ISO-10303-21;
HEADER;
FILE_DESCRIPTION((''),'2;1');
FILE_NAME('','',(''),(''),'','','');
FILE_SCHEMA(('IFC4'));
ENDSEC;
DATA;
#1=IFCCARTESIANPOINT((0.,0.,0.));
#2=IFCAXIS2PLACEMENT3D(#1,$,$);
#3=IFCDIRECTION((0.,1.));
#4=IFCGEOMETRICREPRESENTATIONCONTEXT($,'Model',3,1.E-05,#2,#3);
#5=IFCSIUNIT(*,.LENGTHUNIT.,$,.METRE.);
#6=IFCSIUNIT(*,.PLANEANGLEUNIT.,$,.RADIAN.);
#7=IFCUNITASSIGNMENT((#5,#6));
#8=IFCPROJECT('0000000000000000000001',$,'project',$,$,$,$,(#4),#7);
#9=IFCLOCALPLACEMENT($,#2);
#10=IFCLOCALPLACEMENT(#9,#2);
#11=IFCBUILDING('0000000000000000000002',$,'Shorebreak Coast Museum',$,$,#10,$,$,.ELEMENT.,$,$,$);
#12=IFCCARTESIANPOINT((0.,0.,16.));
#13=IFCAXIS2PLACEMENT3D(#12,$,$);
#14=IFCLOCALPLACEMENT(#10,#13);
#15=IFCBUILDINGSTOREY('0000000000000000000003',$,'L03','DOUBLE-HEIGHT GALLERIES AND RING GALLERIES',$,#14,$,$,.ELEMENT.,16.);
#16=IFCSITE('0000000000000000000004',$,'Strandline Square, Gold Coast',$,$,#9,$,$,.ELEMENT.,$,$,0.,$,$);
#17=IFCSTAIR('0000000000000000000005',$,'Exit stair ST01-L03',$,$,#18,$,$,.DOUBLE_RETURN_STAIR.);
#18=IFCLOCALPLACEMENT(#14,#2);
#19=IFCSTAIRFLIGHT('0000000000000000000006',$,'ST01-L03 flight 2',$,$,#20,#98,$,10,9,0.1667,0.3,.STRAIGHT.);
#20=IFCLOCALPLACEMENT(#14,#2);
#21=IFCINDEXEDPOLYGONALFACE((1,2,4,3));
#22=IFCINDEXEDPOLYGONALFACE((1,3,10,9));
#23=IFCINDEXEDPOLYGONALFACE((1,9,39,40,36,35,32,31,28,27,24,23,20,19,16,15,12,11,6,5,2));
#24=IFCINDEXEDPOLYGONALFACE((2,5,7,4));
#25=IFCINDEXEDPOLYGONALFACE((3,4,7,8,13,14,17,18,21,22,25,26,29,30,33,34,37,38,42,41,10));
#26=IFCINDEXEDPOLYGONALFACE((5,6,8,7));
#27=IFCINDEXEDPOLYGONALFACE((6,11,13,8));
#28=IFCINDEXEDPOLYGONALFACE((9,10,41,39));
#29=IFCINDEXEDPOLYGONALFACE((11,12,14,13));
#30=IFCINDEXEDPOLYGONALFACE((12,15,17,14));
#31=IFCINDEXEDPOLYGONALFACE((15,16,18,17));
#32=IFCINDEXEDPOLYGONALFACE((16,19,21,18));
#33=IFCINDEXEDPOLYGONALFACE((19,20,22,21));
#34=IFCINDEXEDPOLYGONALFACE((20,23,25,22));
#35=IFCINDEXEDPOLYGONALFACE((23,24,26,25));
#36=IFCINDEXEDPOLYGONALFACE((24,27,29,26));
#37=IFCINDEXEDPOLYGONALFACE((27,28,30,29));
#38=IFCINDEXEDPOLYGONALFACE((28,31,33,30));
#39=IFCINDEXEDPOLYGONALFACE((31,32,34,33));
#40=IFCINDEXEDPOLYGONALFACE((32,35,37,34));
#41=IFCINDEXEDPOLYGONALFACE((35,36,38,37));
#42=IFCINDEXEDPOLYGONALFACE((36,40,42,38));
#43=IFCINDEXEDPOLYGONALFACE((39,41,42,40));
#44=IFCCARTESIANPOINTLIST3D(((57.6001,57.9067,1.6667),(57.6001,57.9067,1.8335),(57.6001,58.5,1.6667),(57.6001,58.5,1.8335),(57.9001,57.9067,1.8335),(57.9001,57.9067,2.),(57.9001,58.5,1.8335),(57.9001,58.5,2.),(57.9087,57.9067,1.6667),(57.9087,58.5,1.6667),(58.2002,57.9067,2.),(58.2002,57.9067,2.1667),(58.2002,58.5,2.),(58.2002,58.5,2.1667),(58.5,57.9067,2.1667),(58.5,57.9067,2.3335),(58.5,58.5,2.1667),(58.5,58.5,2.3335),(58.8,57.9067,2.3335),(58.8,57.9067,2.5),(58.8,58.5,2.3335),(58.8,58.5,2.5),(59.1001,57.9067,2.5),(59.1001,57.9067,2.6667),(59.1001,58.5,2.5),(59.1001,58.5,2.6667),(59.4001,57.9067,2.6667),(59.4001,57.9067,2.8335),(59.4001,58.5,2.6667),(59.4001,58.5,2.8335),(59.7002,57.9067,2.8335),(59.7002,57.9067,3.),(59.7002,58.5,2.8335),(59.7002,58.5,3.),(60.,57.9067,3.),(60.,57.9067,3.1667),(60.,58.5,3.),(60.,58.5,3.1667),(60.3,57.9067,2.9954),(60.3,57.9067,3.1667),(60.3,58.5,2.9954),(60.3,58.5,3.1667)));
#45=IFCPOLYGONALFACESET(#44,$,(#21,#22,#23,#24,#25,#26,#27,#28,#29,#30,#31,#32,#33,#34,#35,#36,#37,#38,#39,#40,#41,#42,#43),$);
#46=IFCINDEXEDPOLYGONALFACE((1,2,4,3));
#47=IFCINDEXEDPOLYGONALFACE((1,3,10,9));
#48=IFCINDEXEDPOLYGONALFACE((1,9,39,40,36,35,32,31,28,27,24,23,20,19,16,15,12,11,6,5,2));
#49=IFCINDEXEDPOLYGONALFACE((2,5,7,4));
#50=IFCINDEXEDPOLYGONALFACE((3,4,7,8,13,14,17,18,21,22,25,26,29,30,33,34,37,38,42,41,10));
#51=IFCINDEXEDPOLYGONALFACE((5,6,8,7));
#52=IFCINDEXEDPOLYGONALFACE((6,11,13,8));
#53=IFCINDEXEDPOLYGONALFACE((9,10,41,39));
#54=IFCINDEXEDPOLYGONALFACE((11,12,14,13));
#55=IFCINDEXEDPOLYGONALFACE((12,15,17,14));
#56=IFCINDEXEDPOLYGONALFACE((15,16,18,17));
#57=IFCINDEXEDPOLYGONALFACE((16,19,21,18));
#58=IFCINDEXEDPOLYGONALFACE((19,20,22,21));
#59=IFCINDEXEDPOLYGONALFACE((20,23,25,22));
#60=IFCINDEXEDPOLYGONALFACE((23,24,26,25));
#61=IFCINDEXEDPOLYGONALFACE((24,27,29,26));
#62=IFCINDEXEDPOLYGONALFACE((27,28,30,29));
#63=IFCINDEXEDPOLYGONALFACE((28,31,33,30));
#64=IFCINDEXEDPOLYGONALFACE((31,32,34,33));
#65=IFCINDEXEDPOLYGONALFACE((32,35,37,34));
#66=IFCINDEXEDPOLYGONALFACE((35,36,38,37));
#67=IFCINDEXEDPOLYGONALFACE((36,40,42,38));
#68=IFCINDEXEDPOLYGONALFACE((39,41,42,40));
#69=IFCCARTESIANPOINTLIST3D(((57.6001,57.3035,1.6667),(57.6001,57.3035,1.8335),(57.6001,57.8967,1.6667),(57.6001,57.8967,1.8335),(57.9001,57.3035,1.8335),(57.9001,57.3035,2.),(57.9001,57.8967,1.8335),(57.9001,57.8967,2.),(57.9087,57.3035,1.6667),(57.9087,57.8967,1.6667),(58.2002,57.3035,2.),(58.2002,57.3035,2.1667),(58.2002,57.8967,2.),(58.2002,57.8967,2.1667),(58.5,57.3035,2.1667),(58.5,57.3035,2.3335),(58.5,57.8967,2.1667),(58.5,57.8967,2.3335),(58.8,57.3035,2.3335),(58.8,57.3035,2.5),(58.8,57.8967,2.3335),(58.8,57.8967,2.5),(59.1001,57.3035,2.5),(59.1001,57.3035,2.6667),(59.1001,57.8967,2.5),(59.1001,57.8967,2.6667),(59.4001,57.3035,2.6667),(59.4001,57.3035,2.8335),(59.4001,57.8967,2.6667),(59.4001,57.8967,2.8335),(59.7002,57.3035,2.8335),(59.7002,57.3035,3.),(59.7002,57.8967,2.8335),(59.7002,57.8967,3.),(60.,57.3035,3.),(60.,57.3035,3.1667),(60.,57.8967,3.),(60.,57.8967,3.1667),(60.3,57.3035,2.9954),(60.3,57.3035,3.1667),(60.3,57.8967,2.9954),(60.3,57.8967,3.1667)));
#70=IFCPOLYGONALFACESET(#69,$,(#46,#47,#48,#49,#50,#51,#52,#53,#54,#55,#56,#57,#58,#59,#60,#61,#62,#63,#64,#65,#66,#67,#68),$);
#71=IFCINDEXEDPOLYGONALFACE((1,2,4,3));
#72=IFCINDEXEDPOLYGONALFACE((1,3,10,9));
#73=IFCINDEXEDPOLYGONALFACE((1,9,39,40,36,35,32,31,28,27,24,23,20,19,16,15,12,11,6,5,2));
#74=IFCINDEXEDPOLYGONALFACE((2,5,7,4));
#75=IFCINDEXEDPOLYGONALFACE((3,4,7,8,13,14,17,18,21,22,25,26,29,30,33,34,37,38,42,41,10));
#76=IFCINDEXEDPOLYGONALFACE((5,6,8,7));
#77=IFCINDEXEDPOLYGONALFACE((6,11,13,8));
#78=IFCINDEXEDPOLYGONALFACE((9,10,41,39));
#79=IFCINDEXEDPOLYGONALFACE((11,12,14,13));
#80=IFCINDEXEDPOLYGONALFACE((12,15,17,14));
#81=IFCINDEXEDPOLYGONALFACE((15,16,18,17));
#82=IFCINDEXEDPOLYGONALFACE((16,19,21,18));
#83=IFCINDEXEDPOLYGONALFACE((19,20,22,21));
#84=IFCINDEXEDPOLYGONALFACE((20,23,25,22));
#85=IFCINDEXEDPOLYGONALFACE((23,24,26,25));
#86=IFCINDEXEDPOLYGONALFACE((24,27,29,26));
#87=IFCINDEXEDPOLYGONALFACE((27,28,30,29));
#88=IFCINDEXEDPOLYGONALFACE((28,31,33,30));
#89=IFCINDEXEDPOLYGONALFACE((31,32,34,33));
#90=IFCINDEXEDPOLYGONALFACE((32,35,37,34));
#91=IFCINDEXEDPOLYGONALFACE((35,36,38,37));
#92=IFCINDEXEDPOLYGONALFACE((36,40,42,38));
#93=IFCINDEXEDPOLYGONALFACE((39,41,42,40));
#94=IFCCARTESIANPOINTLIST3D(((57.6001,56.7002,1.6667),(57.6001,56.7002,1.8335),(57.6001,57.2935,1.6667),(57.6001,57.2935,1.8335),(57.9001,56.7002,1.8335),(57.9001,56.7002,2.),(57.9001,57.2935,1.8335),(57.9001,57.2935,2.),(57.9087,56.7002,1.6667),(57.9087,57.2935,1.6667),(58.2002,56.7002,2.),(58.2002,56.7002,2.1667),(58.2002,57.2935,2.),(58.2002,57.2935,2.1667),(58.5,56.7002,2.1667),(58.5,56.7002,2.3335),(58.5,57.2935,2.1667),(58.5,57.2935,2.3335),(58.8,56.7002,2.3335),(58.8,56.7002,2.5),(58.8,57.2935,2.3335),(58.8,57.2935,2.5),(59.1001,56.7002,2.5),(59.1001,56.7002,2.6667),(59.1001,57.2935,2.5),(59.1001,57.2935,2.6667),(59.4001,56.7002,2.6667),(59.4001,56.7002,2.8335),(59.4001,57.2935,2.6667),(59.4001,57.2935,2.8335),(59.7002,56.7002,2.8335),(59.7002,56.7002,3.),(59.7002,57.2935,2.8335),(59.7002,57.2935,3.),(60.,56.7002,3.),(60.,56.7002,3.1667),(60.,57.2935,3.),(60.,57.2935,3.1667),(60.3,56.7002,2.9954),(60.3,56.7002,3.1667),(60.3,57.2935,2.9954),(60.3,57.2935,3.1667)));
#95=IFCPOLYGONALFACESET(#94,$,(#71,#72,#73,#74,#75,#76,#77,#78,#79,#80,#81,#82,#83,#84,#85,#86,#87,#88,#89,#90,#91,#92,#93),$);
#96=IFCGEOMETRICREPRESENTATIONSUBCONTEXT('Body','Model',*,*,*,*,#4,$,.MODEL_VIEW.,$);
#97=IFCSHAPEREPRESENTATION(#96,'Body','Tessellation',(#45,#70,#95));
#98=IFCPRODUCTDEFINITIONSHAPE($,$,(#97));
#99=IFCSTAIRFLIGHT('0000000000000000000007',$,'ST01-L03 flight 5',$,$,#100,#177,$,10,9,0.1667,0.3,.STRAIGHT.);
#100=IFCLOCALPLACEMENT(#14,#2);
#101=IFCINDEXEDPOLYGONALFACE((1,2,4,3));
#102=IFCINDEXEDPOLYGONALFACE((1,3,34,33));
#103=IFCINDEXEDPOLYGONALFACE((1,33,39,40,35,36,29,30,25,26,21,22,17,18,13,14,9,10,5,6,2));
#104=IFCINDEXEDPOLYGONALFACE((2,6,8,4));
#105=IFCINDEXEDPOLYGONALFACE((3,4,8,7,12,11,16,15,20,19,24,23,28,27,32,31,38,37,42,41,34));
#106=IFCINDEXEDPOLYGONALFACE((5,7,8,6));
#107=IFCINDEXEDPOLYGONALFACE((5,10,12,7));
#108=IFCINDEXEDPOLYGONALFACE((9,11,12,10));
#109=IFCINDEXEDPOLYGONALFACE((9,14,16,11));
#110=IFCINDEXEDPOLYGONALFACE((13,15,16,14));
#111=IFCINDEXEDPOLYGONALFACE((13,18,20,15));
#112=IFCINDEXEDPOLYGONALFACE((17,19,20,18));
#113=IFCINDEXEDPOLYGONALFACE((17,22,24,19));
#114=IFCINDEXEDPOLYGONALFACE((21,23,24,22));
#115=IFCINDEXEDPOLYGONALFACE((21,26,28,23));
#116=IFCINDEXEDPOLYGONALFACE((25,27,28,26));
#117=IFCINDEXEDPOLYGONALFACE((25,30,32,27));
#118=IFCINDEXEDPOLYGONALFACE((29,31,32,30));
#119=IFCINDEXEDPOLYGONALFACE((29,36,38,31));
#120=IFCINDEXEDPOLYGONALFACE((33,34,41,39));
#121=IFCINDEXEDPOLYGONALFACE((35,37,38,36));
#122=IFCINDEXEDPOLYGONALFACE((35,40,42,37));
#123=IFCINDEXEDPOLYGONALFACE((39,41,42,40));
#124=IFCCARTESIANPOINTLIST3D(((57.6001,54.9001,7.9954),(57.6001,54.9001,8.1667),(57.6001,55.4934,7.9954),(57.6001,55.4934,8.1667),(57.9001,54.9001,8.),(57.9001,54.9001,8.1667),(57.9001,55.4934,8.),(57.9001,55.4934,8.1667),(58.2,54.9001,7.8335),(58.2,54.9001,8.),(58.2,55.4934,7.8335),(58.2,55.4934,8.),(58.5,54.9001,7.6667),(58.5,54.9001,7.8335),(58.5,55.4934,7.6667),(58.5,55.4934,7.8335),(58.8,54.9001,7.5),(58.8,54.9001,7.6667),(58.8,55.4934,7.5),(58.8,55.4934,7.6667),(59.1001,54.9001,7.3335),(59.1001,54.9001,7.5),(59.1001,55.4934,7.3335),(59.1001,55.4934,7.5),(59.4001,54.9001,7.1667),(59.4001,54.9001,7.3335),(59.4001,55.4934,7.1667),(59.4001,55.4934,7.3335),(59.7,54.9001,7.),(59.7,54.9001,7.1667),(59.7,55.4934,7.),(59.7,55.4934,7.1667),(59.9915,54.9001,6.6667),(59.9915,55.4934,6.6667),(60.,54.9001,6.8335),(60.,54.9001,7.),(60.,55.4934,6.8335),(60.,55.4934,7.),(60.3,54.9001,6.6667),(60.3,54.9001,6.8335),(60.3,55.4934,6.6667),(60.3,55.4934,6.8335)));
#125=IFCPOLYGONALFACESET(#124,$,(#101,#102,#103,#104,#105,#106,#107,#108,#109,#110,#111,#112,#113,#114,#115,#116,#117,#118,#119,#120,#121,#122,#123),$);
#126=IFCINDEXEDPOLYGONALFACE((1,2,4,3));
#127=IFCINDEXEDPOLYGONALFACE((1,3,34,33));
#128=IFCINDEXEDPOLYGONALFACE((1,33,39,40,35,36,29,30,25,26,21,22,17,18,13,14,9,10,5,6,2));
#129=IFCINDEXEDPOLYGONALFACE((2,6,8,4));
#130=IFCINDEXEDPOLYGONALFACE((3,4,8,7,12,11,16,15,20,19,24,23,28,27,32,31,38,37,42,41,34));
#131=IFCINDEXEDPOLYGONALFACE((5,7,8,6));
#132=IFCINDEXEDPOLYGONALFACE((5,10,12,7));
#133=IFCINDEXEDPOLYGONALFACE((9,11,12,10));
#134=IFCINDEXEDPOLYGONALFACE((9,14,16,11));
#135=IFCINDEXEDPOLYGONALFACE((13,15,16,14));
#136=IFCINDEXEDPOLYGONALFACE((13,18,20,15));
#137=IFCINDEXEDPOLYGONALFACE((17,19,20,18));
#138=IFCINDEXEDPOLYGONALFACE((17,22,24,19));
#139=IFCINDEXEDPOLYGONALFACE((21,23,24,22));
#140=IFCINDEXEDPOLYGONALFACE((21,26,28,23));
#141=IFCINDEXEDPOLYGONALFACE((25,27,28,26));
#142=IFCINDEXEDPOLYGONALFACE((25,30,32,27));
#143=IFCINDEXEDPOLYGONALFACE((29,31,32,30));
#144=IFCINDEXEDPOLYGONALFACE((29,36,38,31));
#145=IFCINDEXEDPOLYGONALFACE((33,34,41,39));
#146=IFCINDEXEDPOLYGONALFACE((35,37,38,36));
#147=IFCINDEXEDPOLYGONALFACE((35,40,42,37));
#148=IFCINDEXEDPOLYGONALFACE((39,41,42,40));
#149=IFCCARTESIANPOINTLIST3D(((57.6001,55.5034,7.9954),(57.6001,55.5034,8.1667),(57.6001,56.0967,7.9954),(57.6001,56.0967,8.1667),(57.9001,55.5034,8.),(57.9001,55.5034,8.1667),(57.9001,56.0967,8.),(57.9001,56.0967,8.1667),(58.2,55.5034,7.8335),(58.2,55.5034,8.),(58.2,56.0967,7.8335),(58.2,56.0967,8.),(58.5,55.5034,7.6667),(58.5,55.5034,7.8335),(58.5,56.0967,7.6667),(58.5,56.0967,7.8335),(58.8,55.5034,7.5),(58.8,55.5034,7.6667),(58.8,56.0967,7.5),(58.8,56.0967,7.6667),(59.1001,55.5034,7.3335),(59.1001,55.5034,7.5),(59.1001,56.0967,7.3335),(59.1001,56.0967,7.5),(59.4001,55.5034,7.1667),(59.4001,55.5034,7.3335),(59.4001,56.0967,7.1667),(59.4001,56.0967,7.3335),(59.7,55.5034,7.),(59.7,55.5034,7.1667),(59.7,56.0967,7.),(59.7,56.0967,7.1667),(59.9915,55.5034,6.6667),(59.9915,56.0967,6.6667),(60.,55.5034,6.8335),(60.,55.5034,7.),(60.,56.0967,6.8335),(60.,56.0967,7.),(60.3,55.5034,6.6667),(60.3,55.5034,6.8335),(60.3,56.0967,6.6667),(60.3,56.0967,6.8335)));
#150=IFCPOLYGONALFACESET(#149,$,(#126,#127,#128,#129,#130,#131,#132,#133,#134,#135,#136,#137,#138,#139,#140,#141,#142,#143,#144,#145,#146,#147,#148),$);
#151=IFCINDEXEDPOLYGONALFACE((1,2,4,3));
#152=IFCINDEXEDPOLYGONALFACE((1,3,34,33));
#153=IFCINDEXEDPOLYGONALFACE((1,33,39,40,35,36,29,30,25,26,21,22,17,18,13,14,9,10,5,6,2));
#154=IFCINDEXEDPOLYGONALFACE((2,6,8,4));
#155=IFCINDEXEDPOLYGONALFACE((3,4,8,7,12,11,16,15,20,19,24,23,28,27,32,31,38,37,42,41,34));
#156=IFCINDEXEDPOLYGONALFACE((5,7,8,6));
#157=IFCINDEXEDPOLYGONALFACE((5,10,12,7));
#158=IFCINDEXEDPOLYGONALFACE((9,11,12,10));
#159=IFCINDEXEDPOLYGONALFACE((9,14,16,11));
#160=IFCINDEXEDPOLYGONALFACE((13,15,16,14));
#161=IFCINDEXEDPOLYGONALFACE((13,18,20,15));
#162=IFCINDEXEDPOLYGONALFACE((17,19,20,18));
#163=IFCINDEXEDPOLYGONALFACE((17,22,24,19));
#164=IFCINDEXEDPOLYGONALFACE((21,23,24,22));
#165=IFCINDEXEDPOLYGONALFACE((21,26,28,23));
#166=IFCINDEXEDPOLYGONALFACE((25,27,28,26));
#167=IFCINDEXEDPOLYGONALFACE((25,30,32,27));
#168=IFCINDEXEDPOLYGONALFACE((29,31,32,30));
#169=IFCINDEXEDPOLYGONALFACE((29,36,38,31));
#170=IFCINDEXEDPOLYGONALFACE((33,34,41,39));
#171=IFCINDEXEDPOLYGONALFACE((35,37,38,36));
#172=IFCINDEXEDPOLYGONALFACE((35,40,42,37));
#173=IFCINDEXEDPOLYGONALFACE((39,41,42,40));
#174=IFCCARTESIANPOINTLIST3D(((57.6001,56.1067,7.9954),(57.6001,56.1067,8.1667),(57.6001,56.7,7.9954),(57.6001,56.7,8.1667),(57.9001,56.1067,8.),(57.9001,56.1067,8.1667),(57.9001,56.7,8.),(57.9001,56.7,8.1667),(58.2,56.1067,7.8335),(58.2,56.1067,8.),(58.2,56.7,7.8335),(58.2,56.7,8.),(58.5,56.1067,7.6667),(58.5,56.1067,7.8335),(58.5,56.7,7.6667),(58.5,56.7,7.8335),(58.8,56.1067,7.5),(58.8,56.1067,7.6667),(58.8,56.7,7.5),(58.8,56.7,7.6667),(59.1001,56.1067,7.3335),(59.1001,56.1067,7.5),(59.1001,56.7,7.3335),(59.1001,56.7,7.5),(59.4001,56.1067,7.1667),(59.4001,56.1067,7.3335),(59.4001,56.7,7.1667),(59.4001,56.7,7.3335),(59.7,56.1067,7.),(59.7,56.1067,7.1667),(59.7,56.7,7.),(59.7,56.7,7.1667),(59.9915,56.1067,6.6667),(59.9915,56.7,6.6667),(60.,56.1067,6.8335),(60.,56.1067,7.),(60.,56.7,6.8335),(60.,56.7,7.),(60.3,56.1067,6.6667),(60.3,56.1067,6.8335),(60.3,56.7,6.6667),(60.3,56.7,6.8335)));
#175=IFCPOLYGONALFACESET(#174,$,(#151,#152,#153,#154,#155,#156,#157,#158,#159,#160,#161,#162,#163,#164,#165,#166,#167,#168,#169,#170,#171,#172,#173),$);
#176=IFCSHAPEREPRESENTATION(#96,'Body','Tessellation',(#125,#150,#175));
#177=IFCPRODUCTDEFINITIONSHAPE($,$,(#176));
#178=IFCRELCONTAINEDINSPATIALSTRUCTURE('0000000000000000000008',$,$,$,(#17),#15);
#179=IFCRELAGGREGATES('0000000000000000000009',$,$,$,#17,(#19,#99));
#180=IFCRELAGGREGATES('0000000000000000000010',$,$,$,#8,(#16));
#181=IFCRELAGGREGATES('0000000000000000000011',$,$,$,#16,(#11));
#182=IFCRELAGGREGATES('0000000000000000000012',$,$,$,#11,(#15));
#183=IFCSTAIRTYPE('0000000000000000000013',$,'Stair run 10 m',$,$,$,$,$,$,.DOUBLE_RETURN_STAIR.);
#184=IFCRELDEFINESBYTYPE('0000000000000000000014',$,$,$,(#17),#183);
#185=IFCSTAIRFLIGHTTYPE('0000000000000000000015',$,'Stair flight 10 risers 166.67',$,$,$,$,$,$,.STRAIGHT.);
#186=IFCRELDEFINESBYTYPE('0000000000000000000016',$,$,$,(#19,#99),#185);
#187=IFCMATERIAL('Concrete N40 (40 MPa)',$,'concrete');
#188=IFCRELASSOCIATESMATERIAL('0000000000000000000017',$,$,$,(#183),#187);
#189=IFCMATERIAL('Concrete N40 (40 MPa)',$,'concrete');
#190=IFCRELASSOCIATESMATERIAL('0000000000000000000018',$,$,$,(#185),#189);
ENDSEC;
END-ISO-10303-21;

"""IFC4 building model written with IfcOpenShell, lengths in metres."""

from ifc_helpers import new_model, si_unit, direction, frame, origin, place, context, subcontext, project, spatial, polyline, outline, extrude, material, type_object, element, aggregate, save


model = new_model("IFC4")

# Units and contexts
model_context = context("Model", 3, precision=1e-05, world=origin(), true_north=direction((0.0, 1.0)))
body_context = subcontext(model_context, "Body", "Model", "MODEL_VIEW")
ifc_project = project(units=[si_unit("LENGTHUNIT", "METRE"), si_unit("PLANEANGLEUNIT", "RADIAN")], contexts=[model_context])

# Site, building, storey
site_placement = place(None, origin())
site = spatial("IfcSite", under=ifc_project, at=site_placement, Name="Strandline Square, Gold Coast", CompositionType="ELEMENT", RefElevation=0.0)
building_placement = place(site_placement, origin())
building = spatial("IfcBuilding", under=site, at=building_placement, Name="Shorebreak Coast Museum", CompositionType="ELEMENT")
storey_placement = place(building_placement, frame((0.0, 0.0, 16.0)))
storey = spatial("IfcBuildingStorey", under=building, at=storey_placement, Name="L03", Description="DOUBLE-HEIGHT GALLERIES AND RING GALLERIES", CompositionType="ELEMENT", Elevation=16.0)

# Stair, stair flights
ifc_material_1 = material(Name="Concrete N40 (40 MPa)", Category="concrete")
stair_type = type_object("IfcStairType", Name="Stair run 10 m", PredefinedType="DOUBLE_RETURN_STAIR", material=ifc_material_1)
stair_placement = place(storey_placement, origin())
stair = element("IfcStair", 1, at=stair_placement, inside=storey, type_object=stair_type, Name="Exit stair ST01-L03", PredefinedType="DOUBLE_RETURN_STAIR")
ifc_material_2 = material(Name="Concrete N40 (40 MPa)", Category="concrete")
stair_flight_type = type_object("IfcStairFlightType", Name="Stair flight 10 risers 166.67", PredefinedType="STRAIGHT", material=ifc_material_2)
stair_flight_1_placement = place(storey_placement, frame((57.6001, 57.6001, 1.6667), z_axis=(0.0, 0.0, 1.0), x_axis=(1.0, 0.0, 0.0)))
stair_flight_1 = element("IfcStairFlight", 2, at=stair_flight_1_placement, type_object=stair_flight_type, Name="ST01-L03 flight 2", NumberOfRisers=10, NumberOfTreads=9, PredefinedType="STRAIGHT", RiserHeight=0.1667, TreadLength=0.3, context=body_context, shape_type="SweptSolid", body=[
    extrude(outline(polyline([(0.0, 0.0), (0.0, 0.1667), (0.3, 0.1667), (0.3, 0.3333), (0.6001, 0.3333), (0.6001, 0.5), (0.8999, 0.5), (0.8999, 0.6667), (1.2, 0.6667), (1.2, 0.8333), (1.5, 0.8333), (1.5, 1.0), (1.8, 1.0), (1.8, 1.1667), (2.1001, 1.1667), (2.1001, 1.3333), (2.3999, 1.3333), (2.3999, 1.5), (2.7, 1.5), (2.7, 1.6667), (2.7, 1.3286), (0.3086, 0.0), (0.0, 0.0)])), frame((0.0, 0.8999, 0.0), z_axis=(0.0, -1.0, 0.0), x_axis=(1.0, 0.0, 0.0)), (0.0, 0.0, 1.0), 0.5933),
    extrude(outline(polyline([(0.0, 0.0), (0.0, 0.1667), (0.3, 0.1667), (0.3, 0.3333), (0.6001, 0.3333), (0.6001, 0.5), (0.8999, 0.5), (0.8999, 0.6667), (1.2, 0.6667), (1.2, 0.8333), (1.5, 0.8333), (1.5, 1.0), (1.8, 1.0), (1.8, 1.1667), (2.1001, 1.1667), (2.1001, 1.3333), (2.3999, 1.3333), (2.3999, 1.5), (2.7, 1.5), (2.7, 1.6667), (2.7, 1.3286), (0.3086, 0.0), (0.0, 0.0)])), frame((0.0, 0.2966, 0.0), z_axis=(0.0, -1.0, 0.0), x_axis=(1.0, 0.0, 0.0)), (0.0, 0.0, 1.0), 0.5933),
    extrude(outline(polyline([(0.0, 0.0), (0.0, 0.1667), (0.3, 0.1667), (0.3, 0.3333), (0.6001, 0.3333), (0.6001, 0.5), (0.8999, 0.5), (0.8999, 0.6667), (1.2, 0.6667), (1.2, 0.8333), (1.5, 0.8333), (1.5, 1.0), (1.8, 1.0), (1.8, 1.1667), (2.1001, 1.1667), (2.1001, 1.3333), (2.3999, 1.3333), (2.3999, 1.5), (2.7, 1.5), (2.7, 1.6667), (2.7, 1.3286), (0.3086, 0.0), (0.0, 0.0)])), frame((0.0, -0.3066, 0.0), z_axis=(0.0, -1.0, 0.0), x_axis=(1.0, 0.0, 0.0)), (0.0, 0.0, 1.0), 0.5933),
])
stair_flight_2_placement = place(storey_placement, frame((60.3, 55.8, 6.6667), z_axis=(0.0, 0.0, 1.0), x_axis=(-1.0, 0.0, 0.0)))
stair_flight_2 = element("IfcStairFlight", 3, at=stair_flight_2_placement, type_object=stair_flight_type, Name="ST01-L03 flight 5", NumberOfRisers=10, NumberOfTreads=9, PredefinedType="STRAIGHT", RiserHeight=0.1667, TreadLength=0.3, context=body_context, shape_type="SweptSolid", body=[
    extrude(outline(polyline([(0.0, 0.0), (0.0, 0.1667), (0.3, 0.1667), (0.3, 0.3333), (0.6001, 0.3333), (0.6001, 0.5), (0.8999, 0.5), (0.8999, 0.6667), (1.2, 0.6667), (1.2, 0.8333), (1.5, 0.8333), (1.5, 1.0), (1.8, 1.0), (1.8, 1.1667), (2.1001, 1.1667), (2.1001, 1.3333), (2.3999, 1.3333), (2.3999, 1.5), (2.7, 1.5), (2.7, 1.6667), (2.7, 1.3286), (0.3086, 0.0), (0.0, 0.0)])), frame((0.0, 0.8999, 0.0), z_axis=(0.0, -1.0, 0.0), x_axis=(1.0, 0.0, 0.0)), (0.0, 0.0, 1.0), 0.5933),
    extrude(outline(polyline([(0.0, 0.0), (0.0, 0.1667), (0.3, 0.1667), (0.3, 0.3333), (0.6001, 0.3333), (0.6001, 0.5), (0.8999, 0.5), (0.8999, 0.6667), (1.2, 0.6667), (1.2, 0.8333), (1.5, 0.8333), (1.5, 1.0), (1.8, 1.0), (1.8, 1.1667), (2.1001, 1.1667), (2.1001, 1.3333), (2.3999, 1.3333), (2.3999, 1.5), (2.7, 1.5), (2.7, 1.6667), (2.7, 1.3286), (0.3086, 0.0), (0.0, 0.0)])), frame((0.0, 0.2966, 0.0), z_axis=(0.0, -1.0, 0.0), x_axis=(1.0, 0.0, 0.0)), (0.0, 0.0, 1.0), 0.5933),
    extrude(outline(polyline([(0.0, 0.0), (0.0, 0.1667), (0.3, 0.1667), (0.3, 0.3333), (0.6001, 0.3333), (0.6001, 0.5), (0.8999, 0.5), (0.8999, 0.6667), (1.2, 0.6667), (1.2, 0.8333), (1.5, 0.8333), (1.5, 1.0), (1.8, 1.0), (1.8, 1.1667), (2.1001, 1.1667), (2.1001, 1.3333), (2.3999, 1.3333), (2.3999, 1.5), (2.7, 1.5), (2.7, 1.6667), (2.7, 1.3286), (0.3086, 0.0), (0.0, 0.0)])), frame((0.0, -0.3066, 0.0), z_axis=(0.0, -1.0, 0.0), x_axis=(1.0, 0.0, 0.0)), (0.0, 0.0, 1.0), 0.5933),
])
aggregate(stair, [stair_flight_1, stair_flight_2])

save(model, "model.ifc")
